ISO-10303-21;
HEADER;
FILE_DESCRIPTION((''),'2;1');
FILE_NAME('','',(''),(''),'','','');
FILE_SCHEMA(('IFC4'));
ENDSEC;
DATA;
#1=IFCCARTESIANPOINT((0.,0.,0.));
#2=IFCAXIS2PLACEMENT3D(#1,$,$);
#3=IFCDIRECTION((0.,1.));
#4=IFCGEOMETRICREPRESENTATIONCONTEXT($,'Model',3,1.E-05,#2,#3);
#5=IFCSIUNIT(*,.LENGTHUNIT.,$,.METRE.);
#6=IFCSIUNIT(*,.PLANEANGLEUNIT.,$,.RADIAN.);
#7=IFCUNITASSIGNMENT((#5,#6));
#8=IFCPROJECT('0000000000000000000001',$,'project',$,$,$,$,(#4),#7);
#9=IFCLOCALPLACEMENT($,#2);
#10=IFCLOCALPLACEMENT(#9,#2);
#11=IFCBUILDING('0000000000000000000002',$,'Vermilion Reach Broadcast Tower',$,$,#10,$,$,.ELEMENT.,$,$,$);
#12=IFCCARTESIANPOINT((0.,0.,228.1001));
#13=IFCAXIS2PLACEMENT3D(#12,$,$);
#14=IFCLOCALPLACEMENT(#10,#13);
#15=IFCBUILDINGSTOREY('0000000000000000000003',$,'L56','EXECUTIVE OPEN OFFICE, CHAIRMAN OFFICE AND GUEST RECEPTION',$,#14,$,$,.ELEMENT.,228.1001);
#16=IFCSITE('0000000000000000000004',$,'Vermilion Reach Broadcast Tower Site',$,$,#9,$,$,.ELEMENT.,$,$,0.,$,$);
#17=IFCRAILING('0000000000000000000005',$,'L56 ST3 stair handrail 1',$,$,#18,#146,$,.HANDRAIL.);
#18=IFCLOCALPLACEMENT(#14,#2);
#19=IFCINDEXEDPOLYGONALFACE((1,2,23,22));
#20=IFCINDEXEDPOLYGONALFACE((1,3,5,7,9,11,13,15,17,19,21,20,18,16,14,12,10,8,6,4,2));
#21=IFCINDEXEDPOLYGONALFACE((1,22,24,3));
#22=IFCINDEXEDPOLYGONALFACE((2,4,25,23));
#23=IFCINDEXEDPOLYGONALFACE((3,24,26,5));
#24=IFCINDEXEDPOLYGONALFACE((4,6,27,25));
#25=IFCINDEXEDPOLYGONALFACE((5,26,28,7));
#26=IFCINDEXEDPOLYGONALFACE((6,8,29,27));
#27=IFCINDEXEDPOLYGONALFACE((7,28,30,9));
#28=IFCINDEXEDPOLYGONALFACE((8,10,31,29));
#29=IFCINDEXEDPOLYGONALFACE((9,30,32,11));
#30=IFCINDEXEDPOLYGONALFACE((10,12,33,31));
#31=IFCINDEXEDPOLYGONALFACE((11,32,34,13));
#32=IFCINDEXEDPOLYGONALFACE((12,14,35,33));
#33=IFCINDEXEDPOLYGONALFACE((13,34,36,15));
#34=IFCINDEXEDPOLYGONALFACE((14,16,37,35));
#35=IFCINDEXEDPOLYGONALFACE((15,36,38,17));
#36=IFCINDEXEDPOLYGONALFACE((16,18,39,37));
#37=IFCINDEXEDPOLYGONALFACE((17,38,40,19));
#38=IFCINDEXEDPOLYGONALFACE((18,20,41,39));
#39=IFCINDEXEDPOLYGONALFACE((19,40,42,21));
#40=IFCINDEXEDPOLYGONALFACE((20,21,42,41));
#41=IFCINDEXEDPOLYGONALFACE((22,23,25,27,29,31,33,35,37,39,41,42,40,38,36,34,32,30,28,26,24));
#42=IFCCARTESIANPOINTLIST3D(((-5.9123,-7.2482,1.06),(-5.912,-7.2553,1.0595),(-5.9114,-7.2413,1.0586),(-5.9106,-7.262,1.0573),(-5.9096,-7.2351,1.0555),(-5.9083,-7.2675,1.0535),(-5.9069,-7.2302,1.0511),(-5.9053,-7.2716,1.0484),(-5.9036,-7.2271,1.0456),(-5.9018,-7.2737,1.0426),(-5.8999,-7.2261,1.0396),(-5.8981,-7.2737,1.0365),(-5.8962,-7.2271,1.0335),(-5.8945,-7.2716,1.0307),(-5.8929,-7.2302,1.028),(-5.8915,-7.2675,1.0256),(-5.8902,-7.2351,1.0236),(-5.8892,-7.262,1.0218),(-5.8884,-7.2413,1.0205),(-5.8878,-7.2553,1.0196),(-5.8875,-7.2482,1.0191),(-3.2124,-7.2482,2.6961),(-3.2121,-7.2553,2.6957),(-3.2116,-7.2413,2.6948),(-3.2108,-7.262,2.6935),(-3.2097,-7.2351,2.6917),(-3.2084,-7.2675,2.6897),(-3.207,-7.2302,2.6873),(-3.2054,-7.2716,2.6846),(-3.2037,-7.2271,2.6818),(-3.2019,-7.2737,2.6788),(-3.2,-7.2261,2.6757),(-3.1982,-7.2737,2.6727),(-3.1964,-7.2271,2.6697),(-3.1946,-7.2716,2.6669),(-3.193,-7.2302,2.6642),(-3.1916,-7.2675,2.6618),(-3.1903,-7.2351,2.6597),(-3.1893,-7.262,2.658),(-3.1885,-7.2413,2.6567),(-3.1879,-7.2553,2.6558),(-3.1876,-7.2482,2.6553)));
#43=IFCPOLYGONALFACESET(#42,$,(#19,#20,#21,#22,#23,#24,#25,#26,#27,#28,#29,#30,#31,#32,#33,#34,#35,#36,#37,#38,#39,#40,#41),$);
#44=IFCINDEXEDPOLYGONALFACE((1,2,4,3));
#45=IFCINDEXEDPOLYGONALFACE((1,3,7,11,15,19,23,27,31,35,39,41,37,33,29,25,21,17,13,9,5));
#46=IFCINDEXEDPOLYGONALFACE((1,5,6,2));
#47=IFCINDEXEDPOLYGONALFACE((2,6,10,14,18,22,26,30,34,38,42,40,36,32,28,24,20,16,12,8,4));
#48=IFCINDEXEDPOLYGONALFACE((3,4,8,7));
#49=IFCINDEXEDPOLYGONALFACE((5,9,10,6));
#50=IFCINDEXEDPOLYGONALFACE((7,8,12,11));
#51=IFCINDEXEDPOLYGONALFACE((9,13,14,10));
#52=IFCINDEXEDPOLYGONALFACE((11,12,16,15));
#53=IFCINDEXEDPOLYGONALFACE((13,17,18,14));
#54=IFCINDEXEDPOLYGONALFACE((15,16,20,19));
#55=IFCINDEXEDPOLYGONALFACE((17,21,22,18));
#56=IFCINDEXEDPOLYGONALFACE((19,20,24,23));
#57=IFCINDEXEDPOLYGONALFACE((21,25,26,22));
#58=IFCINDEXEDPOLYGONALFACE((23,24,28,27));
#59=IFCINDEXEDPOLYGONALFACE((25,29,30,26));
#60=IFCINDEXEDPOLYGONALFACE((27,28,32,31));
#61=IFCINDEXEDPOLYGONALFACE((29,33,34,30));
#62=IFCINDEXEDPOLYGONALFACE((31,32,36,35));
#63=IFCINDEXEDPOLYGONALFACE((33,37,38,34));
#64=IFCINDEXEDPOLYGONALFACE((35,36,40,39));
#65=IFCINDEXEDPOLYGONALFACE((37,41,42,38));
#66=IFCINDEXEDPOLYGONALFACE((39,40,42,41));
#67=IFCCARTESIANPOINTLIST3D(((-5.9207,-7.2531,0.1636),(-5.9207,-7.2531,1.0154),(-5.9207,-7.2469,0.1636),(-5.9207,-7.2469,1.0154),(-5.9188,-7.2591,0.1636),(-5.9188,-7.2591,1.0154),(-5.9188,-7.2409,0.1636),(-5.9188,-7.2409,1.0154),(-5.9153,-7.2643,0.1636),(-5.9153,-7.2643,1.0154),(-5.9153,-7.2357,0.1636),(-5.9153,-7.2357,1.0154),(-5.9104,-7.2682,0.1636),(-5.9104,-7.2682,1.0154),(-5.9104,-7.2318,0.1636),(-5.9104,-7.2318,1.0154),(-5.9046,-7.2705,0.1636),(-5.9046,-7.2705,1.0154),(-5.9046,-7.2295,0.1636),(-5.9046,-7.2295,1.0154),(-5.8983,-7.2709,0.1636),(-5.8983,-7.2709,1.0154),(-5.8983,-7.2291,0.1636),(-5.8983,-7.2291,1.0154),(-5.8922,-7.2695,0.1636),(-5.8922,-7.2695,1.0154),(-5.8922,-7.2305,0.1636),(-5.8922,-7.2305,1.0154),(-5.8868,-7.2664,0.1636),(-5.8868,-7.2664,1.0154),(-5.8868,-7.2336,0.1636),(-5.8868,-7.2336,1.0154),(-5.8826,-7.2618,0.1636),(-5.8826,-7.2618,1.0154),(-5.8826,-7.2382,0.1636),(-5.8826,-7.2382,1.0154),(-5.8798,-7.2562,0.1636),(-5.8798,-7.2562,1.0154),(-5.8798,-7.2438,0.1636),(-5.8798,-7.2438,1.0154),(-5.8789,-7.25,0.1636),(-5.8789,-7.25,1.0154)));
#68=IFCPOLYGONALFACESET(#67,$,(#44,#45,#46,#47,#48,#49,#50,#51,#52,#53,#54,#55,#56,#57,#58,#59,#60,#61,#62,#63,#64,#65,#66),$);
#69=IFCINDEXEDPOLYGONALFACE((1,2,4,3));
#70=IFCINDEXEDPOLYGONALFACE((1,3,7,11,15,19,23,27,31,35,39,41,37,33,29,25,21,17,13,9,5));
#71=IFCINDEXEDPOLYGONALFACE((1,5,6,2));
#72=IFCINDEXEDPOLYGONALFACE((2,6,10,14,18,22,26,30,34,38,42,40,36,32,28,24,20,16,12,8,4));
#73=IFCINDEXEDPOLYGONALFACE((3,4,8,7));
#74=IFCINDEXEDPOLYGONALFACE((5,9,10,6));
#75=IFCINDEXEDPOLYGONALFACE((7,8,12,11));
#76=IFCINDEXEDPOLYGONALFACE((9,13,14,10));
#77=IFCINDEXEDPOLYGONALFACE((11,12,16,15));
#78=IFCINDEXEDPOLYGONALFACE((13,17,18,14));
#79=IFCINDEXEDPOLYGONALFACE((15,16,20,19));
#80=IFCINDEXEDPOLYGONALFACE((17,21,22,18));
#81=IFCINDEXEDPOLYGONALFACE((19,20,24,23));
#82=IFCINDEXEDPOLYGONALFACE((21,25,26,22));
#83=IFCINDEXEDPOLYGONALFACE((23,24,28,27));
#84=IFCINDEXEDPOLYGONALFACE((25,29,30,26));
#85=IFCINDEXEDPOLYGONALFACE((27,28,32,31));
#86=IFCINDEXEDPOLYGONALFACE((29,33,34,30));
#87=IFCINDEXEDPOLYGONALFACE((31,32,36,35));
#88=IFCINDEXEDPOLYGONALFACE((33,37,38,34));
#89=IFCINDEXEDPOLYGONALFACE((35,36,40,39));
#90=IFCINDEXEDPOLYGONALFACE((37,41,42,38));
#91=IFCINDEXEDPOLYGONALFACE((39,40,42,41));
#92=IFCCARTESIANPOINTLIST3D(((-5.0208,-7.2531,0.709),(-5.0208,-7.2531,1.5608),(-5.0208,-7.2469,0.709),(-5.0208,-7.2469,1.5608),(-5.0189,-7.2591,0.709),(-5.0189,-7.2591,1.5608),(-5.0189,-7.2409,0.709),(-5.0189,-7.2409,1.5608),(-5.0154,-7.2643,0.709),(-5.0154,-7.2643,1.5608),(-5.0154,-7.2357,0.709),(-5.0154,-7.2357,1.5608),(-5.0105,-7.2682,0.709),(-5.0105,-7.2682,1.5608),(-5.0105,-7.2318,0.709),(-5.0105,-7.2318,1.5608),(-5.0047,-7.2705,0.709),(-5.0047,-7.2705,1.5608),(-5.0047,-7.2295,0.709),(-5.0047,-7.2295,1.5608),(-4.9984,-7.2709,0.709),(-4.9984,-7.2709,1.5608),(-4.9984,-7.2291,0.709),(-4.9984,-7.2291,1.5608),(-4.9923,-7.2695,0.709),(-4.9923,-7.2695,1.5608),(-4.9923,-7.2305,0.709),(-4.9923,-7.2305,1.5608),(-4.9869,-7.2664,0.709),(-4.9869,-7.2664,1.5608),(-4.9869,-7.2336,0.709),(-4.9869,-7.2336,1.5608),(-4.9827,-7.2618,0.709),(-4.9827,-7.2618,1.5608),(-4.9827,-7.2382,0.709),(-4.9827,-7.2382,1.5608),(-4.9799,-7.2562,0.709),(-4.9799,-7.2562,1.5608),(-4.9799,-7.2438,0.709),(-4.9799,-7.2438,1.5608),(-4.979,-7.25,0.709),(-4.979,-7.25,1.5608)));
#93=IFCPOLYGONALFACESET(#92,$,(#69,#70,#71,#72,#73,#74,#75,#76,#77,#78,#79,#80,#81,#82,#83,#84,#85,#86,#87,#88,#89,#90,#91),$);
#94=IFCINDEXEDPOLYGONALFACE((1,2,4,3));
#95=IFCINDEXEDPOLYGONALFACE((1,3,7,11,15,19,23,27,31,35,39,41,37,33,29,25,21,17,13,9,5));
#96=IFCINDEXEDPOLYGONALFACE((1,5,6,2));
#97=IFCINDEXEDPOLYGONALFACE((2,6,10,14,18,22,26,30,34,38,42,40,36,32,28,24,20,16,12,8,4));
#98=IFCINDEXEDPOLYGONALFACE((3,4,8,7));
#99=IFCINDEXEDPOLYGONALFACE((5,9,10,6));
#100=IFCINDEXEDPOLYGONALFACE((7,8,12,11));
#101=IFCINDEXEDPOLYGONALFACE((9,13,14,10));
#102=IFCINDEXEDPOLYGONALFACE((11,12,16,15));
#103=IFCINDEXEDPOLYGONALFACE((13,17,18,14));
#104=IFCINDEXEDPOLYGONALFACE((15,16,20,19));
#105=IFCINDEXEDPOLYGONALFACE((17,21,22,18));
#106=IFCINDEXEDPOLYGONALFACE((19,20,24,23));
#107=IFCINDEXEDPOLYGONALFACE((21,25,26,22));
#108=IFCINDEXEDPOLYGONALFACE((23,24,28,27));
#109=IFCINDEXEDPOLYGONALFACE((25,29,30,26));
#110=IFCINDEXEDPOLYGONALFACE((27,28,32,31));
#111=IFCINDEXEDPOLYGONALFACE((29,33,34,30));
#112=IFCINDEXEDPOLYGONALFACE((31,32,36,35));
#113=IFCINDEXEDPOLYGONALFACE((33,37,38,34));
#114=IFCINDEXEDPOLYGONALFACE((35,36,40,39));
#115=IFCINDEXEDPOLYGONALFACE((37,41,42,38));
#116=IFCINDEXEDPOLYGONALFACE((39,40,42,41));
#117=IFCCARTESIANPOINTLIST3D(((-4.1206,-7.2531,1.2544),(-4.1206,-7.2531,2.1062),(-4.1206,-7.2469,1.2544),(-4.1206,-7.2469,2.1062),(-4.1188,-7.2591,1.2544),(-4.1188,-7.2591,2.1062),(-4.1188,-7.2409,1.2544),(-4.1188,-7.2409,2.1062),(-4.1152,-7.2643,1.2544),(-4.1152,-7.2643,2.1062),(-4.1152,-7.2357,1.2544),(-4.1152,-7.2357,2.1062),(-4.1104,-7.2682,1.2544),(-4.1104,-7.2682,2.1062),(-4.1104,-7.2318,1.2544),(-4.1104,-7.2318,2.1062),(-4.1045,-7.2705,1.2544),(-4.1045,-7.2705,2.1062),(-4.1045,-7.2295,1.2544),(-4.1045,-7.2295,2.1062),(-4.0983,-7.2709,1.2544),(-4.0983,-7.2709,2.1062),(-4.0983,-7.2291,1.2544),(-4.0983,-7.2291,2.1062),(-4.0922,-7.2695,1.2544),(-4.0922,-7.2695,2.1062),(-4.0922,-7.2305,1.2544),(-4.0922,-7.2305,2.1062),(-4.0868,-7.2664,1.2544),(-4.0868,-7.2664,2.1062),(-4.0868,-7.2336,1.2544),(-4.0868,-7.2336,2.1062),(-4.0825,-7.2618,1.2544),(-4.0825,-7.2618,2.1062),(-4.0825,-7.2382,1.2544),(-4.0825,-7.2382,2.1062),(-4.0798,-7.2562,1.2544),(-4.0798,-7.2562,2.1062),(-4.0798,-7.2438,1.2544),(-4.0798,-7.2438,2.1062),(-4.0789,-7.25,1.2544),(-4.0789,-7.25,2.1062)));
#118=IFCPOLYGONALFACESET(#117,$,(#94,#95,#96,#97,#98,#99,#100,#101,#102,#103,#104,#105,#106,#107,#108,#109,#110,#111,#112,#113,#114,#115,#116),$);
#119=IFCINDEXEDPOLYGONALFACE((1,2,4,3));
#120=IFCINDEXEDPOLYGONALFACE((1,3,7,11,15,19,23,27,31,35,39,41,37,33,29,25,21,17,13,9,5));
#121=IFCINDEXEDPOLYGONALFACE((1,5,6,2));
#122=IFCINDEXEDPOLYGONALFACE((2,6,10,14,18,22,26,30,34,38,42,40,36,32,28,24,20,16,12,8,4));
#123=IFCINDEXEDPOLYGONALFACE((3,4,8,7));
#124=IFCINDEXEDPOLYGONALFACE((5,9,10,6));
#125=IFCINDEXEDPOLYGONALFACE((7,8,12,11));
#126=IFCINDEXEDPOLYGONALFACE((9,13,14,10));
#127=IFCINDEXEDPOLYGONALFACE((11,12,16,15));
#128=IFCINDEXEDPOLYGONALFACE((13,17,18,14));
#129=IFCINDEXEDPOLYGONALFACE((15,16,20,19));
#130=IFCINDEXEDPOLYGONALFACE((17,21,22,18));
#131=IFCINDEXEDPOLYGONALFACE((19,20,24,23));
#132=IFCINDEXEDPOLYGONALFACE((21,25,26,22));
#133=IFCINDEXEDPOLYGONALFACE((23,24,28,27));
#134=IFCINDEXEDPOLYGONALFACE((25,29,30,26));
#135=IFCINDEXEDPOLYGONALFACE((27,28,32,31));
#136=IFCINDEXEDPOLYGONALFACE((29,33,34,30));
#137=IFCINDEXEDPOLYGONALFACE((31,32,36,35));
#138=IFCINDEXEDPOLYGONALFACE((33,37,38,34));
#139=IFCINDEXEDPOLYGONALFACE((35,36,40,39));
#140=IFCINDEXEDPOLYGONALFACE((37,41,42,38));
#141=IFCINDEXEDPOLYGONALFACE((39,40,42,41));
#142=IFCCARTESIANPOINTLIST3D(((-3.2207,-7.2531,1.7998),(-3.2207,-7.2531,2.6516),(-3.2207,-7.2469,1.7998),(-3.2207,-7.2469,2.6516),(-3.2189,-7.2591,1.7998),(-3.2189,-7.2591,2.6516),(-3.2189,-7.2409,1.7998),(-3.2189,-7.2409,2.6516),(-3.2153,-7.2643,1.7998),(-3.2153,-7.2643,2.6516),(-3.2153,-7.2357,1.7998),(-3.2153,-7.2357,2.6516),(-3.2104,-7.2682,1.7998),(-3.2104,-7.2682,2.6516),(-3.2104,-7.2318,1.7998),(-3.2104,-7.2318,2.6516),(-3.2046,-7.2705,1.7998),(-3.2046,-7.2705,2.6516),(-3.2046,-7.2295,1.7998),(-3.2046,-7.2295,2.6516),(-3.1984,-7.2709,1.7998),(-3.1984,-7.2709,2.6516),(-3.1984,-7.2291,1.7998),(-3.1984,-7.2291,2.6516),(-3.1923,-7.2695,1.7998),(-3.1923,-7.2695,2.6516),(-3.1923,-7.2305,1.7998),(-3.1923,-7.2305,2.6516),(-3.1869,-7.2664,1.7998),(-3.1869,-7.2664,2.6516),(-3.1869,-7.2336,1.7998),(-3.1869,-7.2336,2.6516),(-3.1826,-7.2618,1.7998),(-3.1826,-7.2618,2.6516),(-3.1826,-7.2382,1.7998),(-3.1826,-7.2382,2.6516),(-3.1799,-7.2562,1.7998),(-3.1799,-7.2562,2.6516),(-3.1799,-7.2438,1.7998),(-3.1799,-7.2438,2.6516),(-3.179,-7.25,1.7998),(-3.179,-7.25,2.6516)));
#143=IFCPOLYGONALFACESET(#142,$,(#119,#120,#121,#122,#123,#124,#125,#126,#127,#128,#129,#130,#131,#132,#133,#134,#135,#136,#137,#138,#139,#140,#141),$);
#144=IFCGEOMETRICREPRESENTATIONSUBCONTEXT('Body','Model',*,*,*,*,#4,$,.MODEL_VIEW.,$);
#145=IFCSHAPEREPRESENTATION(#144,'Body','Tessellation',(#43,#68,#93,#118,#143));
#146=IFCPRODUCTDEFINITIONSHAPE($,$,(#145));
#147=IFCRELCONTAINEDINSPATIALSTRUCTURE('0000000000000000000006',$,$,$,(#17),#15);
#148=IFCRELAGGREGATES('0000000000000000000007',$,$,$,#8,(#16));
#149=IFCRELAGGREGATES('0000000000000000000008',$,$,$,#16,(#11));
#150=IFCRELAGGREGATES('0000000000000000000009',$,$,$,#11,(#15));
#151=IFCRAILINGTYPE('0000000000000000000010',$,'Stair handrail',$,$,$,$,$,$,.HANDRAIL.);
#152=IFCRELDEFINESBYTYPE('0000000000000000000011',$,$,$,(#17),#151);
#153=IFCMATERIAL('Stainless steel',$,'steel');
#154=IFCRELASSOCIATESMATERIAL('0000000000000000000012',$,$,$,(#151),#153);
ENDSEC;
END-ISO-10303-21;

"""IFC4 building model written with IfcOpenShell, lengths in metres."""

from ifc_helpers import new_model, si_unit, direction, frame, origin, origin_2d, place, context, subcontext, project, spatial, circle, extrude, material, type_object, element, save


model = new_model("IFC4")

# Units and contexts
model_context = context("Model", 3, precision=1e-05, world=origin(), true_north=direction((0.0, 1.0)))
body_context = subcontext(model_context, "Body", "Model", "MODEL_VIEW")
ifc_project = project(units=[si_unit("LENGTHUNIT", "METRE"), si_unit("PLANEANGLEUNIT", "RADIAN")], contexts=[model_context])

# Site, building, storey
site_placement = place(None, origin())
site = spatial("IfcSite", under=ifc_project, at=site_placement, Name="Vermilion Reach Broadcast Tower Site", CompositionType="ELEMENT", RefElevation=0.0)
building_placement = place(site_placement, origin())
building = spatial("IfcBuilding", under=site, at=building_placement, Name="Vermilion Reach Broadcast Tower", CompositionType="ELEMENT")
storey_placement = place(building_placement, frame((0.0, 0.0, 228.1001)))
storey = spatial("IfcBuildingStorey", under=building, at=storey_placement, Name="L56", Description="EXECUTIVE OPEN OFFICE, CHAIRMAN OFFICE AND GUEST RECEPTION", CompositionType="ELEMENT", Elevation=228.1001)

# Railing
ifc_material_1 = material(Name="Stainless steel", Category="steel")
railing_type_1 = type_object("IfcRailingType", Name="Stair handrail", PredefinedType="HANDRAIL", material=ifc_material_1)
railing_1_placement = place(storey_placement, frame((-5.8999, -7.25, 0.1636)))
element("IfcRailing", 1, at=railing_1_placement, inside=storey, type_object=railing_type_1, Name="L56 ST3 stair handrail 1", PredefinedType="HANDRAIL", context=body_context, shape_type="SweptSolid", body=[
    extrude(circle(Radius=0.0239, at=origin_2d()), frame((0.0, 0.0, 0.876), z_axis=(0.855212, 0.0, 0.518278), x_axis=(0.0, 1.0, 0.0)), (0.0, 0.0, 1.0), 3.157),
    extrude(circle(Radius=0.021, at=origin_2d()), origin(), (0.0, 0.0, 1.0), 0.8518),
    extrude(circle(Radius=0.021, at=origin_2d()), frame((0.8999, 0.0, 0.5454)), (0.0, 0.0, 1.0), 0.8518),
    extrude(circle(Radius=0.021, at=origin_2d()), frame((1.8, 0.0, 1.0908)), (0.0, 0.0, 1.0), 0.8518),
    extrude(circle(Radius=0.021, at=origin_2d()), frame((2.7, 0.0, 1.6362)), (0.0, 0.0, 1.0), 0.8518),
])

save(model, "model.ifc")
